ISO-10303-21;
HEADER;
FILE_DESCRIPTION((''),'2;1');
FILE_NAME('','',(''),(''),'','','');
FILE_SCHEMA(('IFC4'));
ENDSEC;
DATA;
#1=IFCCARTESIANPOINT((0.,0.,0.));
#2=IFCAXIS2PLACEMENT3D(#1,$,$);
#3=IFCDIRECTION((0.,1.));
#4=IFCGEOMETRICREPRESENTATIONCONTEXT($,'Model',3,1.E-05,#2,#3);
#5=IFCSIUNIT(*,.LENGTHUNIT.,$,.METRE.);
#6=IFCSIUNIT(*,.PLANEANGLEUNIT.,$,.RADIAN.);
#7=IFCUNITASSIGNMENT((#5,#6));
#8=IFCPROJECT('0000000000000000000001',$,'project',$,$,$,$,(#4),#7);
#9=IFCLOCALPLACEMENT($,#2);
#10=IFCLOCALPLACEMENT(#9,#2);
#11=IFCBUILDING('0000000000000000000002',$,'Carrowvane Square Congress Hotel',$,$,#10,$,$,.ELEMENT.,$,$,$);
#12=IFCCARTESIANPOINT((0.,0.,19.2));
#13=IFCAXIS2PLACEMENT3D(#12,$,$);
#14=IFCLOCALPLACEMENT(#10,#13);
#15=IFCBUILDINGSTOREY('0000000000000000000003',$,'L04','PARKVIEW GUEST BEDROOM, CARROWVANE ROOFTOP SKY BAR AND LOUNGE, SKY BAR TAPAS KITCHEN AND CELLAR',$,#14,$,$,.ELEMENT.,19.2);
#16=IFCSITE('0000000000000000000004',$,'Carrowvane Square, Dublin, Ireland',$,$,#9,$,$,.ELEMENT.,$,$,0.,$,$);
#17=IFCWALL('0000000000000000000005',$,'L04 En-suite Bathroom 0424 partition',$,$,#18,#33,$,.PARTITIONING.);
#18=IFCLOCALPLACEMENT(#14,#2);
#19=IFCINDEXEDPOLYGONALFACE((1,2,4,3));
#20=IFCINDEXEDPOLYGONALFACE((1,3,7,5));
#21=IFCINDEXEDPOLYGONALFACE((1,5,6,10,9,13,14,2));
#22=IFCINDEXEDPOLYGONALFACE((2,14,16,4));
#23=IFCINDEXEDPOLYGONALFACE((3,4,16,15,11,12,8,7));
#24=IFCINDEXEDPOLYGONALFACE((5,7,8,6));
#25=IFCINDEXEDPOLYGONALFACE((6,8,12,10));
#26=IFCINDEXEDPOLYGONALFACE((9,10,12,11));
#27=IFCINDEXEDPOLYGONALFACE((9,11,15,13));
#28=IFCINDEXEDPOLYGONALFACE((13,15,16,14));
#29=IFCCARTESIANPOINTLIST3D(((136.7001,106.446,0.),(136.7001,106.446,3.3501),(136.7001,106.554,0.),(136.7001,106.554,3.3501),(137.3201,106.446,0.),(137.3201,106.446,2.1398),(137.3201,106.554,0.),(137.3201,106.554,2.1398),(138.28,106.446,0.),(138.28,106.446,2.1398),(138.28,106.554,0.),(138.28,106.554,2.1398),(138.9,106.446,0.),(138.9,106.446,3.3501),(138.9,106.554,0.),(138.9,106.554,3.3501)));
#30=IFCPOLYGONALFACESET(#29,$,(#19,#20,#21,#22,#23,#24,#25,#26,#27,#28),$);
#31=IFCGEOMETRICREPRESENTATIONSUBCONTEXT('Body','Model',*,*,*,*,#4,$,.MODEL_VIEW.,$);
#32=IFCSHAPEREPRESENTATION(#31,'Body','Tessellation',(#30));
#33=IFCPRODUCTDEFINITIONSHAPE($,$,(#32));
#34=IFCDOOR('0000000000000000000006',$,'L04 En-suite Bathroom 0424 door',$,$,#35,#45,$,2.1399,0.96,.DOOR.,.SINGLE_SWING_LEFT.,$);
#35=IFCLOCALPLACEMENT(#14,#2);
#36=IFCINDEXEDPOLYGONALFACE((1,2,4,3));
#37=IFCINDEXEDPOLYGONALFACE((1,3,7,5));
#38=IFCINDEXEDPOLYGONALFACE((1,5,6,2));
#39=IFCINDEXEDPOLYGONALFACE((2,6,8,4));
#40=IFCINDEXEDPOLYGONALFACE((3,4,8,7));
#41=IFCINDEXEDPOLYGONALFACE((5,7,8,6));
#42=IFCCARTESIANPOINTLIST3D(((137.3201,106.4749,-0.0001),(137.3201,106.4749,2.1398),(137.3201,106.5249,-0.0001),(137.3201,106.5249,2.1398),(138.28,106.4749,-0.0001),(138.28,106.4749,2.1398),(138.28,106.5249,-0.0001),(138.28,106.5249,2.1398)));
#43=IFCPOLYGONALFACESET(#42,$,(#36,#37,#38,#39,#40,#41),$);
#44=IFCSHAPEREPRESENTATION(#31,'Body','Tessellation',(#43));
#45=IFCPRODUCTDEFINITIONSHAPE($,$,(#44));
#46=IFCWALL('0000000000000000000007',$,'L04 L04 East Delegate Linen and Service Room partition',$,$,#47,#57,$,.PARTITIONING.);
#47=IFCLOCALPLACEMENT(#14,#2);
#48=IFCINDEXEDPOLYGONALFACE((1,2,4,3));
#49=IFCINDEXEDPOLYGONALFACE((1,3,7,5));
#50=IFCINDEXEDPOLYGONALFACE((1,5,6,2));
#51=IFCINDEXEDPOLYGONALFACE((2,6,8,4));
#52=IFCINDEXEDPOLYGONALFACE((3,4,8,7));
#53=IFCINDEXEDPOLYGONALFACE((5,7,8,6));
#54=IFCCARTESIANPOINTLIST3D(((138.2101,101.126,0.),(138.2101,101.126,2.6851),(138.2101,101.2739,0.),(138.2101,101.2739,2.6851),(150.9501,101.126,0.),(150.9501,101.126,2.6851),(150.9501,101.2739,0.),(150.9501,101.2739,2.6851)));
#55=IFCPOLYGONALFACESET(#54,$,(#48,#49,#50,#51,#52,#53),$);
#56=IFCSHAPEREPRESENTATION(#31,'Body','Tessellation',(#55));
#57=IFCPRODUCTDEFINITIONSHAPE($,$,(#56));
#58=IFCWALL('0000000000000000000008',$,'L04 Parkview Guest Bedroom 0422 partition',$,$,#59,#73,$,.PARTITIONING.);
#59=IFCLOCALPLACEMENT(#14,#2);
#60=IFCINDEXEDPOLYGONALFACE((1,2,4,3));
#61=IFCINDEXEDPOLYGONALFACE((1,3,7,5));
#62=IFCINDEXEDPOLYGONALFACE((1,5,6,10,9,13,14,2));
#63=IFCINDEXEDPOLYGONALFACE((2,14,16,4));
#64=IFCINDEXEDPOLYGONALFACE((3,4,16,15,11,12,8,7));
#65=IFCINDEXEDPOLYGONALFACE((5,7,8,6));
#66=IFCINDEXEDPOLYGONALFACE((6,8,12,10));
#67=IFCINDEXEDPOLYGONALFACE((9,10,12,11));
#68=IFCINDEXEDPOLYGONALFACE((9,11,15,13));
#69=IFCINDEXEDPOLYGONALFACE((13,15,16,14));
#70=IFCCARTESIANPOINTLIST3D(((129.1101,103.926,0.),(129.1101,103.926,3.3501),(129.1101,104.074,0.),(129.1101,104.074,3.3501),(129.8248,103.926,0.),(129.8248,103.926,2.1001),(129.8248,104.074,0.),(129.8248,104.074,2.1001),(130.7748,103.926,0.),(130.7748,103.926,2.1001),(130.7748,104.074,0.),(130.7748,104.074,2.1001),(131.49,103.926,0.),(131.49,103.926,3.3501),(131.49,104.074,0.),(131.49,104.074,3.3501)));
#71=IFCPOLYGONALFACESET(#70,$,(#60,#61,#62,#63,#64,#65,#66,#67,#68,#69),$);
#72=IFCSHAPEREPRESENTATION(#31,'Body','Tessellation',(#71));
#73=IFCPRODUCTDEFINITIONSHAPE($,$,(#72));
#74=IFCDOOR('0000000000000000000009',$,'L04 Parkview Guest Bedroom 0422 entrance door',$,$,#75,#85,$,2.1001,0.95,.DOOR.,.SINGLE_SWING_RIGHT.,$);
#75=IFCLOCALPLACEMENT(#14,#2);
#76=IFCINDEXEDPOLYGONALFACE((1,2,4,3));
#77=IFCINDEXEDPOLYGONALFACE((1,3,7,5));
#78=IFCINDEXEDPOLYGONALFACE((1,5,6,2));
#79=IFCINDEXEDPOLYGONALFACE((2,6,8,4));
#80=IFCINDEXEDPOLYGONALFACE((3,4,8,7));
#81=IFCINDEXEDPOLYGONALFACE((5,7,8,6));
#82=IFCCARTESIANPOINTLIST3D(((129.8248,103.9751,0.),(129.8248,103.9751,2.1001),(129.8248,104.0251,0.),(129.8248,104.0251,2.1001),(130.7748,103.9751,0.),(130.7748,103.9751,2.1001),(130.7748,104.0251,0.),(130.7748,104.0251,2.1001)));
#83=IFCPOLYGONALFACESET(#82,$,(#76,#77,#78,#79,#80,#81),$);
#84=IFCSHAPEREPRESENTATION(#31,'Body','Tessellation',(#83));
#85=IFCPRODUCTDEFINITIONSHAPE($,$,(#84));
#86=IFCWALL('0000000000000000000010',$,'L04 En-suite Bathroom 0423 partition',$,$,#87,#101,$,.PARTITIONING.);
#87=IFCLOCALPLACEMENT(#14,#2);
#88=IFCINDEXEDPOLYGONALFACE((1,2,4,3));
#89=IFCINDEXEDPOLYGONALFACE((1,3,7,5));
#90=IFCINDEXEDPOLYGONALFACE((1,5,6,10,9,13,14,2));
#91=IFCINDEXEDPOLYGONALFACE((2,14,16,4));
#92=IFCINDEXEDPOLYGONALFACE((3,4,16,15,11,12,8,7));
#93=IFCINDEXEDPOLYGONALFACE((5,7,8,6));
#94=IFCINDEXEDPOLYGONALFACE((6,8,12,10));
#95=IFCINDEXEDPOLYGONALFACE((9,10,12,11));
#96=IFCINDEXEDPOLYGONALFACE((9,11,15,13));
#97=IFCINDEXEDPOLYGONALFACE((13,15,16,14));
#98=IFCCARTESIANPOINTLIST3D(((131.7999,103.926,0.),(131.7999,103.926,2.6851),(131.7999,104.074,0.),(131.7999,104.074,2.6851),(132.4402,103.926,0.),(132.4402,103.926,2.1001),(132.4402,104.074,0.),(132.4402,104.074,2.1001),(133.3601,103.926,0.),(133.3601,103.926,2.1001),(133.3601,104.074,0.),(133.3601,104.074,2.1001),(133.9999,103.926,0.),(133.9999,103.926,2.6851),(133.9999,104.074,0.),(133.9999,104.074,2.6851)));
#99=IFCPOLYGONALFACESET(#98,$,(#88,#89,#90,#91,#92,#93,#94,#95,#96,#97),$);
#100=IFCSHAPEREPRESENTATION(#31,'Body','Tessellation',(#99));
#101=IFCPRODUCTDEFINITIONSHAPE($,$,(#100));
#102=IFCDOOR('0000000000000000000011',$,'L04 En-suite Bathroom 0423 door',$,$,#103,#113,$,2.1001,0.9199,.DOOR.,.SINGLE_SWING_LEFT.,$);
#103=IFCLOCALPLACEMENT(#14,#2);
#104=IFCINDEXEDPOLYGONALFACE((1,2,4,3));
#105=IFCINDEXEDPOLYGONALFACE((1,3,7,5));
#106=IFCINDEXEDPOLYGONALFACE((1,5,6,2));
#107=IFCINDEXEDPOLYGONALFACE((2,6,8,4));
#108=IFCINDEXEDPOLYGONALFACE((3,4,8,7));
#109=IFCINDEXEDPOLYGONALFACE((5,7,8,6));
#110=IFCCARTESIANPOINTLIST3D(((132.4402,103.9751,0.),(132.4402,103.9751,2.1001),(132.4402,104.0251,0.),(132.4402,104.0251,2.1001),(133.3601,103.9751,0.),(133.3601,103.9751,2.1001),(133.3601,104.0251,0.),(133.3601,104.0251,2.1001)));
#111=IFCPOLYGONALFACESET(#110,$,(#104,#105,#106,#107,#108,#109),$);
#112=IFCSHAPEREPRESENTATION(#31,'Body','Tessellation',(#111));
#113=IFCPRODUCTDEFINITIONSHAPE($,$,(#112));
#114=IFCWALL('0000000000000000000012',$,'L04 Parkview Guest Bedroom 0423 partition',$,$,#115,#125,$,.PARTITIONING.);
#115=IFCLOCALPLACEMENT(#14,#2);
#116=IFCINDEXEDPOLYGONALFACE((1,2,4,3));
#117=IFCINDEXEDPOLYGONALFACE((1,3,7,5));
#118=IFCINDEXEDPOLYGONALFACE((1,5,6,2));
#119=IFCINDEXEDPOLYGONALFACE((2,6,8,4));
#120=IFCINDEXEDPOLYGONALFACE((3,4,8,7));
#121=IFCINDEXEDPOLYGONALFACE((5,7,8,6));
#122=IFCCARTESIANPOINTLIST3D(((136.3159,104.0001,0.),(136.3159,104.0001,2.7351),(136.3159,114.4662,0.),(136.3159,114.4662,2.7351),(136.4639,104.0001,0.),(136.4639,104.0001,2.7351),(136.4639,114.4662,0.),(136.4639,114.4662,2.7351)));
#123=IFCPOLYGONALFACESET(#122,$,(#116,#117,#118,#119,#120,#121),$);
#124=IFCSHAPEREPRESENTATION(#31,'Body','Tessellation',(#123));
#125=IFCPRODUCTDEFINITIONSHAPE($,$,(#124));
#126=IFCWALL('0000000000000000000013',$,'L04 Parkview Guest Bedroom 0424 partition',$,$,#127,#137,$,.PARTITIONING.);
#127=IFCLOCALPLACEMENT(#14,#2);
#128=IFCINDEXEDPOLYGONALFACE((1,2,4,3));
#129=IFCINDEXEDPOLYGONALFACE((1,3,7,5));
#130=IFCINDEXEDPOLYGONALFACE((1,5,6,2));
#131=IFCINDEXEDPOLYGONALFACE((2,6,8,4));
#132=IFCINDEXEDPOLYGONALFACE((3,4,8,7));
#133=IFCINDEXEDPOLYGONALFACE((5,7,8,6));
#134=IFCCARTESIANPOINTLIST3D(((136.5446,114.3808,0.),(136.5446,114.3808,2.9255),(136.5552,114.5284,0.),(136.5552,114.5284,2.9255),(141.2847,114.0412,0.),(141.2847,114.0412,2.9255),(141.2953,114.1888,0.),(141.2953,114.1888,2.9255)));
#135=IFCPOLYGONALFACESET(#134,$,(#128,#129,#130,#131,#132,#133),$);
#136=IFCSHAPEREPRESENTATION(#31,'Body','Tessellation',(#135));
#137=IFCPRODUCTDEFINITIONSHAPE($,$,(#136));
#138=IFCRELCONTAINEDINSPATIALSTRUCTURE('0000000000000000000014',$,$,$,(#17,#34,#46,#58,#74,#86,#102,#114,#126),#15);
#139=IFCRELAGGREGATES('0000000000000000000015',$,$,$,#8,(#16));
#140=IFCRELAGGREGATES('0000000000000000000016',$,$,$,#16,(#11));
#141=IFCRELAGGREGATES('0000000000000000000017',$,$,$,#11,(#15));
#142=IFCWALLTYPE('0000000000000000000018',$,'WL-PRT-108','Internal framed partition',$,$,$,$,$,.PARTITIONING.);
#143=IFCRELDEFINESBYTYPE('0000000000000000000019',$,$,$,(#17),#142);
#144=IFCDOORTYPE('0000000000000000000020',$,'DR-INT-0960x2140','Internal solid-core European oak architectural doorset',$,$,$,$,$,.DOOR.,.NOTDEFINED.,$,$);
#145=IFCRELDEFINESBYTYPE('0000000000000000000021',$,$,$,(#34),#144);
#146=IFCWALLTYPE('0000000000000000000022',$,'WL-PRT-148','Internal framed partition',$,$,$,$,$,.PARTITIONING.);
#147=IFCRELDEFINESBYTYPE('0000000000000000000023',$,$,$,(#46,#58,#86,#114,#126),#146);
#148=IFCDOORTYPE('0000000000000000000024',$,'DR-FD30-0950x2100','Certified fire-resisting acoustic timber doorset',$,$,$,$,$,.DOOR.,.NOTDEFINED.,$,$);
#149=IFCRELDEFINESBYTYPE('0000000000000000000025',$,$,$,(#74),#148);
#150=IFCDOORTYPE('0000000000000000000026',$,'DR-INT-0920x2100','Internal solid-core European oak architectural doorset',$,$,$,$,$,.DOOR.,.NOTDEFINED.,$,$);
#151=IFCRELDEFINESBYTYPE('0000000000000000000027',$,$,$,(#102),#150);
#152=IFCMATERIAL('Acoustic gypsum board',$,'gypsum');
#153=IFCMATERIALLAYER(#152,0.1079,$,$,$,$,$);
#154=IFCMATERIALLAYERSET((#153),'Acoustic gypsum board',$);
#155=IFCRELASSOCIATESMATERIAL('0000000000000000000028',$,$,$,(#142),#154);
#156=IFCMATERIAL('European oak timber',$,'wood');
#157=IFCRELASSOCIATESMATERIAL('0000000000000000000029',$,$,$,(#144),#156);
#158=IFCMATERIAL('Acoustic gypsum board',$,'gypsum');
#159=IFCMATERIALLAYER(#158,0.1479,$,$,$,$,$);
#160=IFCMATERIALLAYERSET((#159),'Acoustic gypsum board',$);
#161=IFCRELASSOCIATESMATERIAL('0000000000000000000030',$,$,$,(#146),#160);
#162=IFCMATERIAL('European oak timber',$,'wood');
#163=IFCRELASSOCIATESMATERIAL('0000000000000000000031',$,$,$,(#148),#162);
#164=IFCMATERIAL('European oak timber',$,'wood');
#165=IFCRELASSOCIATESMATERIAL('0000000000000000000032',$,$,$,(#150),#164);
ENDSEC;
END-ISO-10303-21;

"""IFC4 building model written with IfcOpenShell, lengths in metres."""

from ifc_helpers import new_model, si_unit, direction, frame, frame_2d, origin, place, context, subcontext, project, spatial, rectangle, extrude, material, layer, layer_set, type_object, element, fill, save


model = new_model("IFC4")

# Units and contexts
model_context = context("Model", 3, precision=1e-05, world=origin(), true_north=direction((0.0, 1.0)))
body_context = subcontext(model_context, "Body", "Model", "MODEL_VIEW")
ifc_project = project(units=[si_unit("LENGTHUNIT", "METRE"), si_unit("PLANEANGLEUNIT", "RADIAN")], contexts=[model_context])

# Site, building, storey
site_placement = place(None, origin())
site = spatial("IfcSite", under=ifc_project, at=site_placement, Name="Carrowvane Square, Dublin, Ireland", CompositionType="ELEMENT", RefElevation=0.0)
building_placement = place(site_placement, origin())
building = spatial("IfcBuilding", under=site, at=building_placement, Name="Carrowvane Square Congress Hotel", CompositionType="ELEMENT")
storey_placement = place(building_placement, frame((0.0, 0.0, 19.2)))
storey = spatial("IfcBuildingStorey", under=building, at=storey_placement, Name="L04", Description="PARKVIEW GUEST BEDROOM, CARROWVANE ROOFTOP SKY BAR AND LOUNGE, SKY BAR TAPAS KITCHEN AND CELLAR", CompositionType="ELEMENT", Elevation=19.2)

# Wall, opening, door
ifc_material_1 = material(Name="Acoustic gypsum board", Category="gypsum")
ifc_layer_1 = layer(ifc_material_1, 0.1079)
ifc_layer_set_1 = layer_set([ifc_layer_1], Name="Acoustic gypsum board")
wall_type_1 = type_object("IfcWallType", Name="WL-PRT-108", Description="Internal framed partition", PredefinedType="PARTITIONING", material=ifc_layer_set_1)
wall_1_placement = place(storey_placement, frame((136.7, 106.5, 0.0), z_axis=(0.0, 0.0, 1.0), x_axis=(1.0, 0.0, 0.0)))
wall_1 = element("IfcWall", 1, at=wall_1_placement, inside=storey, type_object=wall_type_1, Name="L04 En-suite Bathroom 0424 partition", PredefinedType="PARTITIONING", context=body_context, shape_type="SweptSolid", body=[
    extrude(rectangle(XDim=2.2, YDim=0.1079, at=frame_2d((1.1001, 0.0))), origin(), (0.0, 0.0, 1.0), 3.3501),
])
opening_1_placement = place(wall_1_placement, frame((0.6201, 0.0, 0.0)))
opening_1 = element("IfcOpeningElement", 2, at=opening_1_placement, cuts=wall_1, PredefinedType="OPENING", context=body_context, shape_type="SweptSolid", body=[
    extrude(rectangle(XDim=0.96, YDim=2.1399, at=frame_2d((0.48, 1.0698))), frame((0.0, 0.064, 0.0), z_axis=(0.0, -1.0, 0.0), x_axis=(1.0, 0.0, 0.0)), (0.0, 0.0, 1.0), 0.1279),
])
ifc_material_2 = material(Name="European oak timber", Category="wood")
door_type_1 = type_object("IfcDoorType", Name="DR-INT-0960x2140", Description="Internal solid-core European oak architectural doorset", OperationType="NOTDEFINED", PredefinedType="DOOR", material=ifc_material_2)
door_1_placement = place(opening_1_placement, origin())
door_1 = element("IfcDoor", 3, at=door_1_placement, inside=storey, type_object=door_type_1, Name="L04 En-suite Bathroom 0424 door", OperationType="SINGLE_SWING_LEFT", OverallHeight=2.1399, OverallWidth=0.96, PredefinedType="DOOR", context=body_context, shape_type="SweptSolid", body=[
    extrude(rectangle(XDim=0.96, YDim=2.1399, at=frame_2d((0.48, 1.0698))), frame((0.0, 0.0249, 0.0), z_axis=(0.0, -1.0, 0.0), x_axis=(1.0, 0.0, 0.0)), (0.0, 0.0, 1.0), 0.05),
])
fill(opening_1, door_1)

# Wall
ifc_material_3 = material(Name="Acoustic gypsum board", Category="gypsum")
ifc_layer_2 = layer(ifc_material_3, 0.1479)
ifc_layer_set_2 = layer_set([ifc_layer_2], Name="Acoustic gypsum board")
wall_type_2 = type_object("IfcWallType", Name="WL-PRT-148", Description="Internal framed partition", PredefinedType="PARTITIONING", material=ifc_layer_set_2)
wall_2_placement = place(storey_placement, frame((138.21, 101.2, 0.0), z_axis=(0.0, 0.0, 1.0), x_axis=(1.0, 0.0, 0.0)))
element("IfcWall", 4, at=wall_2_placement, inside=storey, type_object=wall_type_2, Name="L04 L04 East Delegate Linen and Service Room partition", PredefinedType="PARTITIONING", context=body_context, shape_type="SweptSolid", body=[
    extrude(rectangle(XDim=12.74, YDim=0.1479, at=frame_2d((6.3701, 0.0))), origin(), (0.0, 0.0, 1.0), 2.6851),
])

# Walls, openings, doors
wall_3_placement = place(storey_placement, frame((131.49, 104.0, 0.0), z_axis=(0.0, 0.0, 1.0), x_axis=(-1.0, 0.0, 0.0)))
wall_3 = element("IfcWall", 5, at=wall_3_placement, inside=storey, type_object=wall_type_2, Name="L04 Parkview Guest Bedroom 0422 partition", PredefinedType="PARTITIONING", context=body_context, shape_type="SweptSolid", body=[
    extrude(rectangle(XDim=2.3799, YDim=0.1479, at=frame_2d((1.1899, 0.0))), origin(), (0.0, 0.0, 1.0), 3.3501),
])
opening_2_placement = place(wall_3_placement, frame((0.7151, 0.0, 0.0)))
opening_2 = element("IfcOpeningElement", 6, at=opening_2_placement, cuts=wall_3, PredefinedType="OPENING", context=body_context, shape_type="SweptSolid", body=[
    extrude(rectangle(XDim=0.95, YDim=2.1001, at=frame_2d((0.4751, 1.05))), frame((0.0, 0.084, 0.0), z_axis=(0.0, -1.0, 0.0), x_axis=(1.0, 0.0, 0.0)), (0.0, 0.0, 1.0), 0.168),
])
ifc_material_4 = material(Name="European oak timber", Category="wood")
door_type_2 = type_object("IfcDoorType", Name="DR-FD30-0950x2100", Description="Certified fire-resisting acoustic timber doorset", OperationType="NOTDEFINED", PredefinedType="DOOR", material=ifc_material_4)
door_2_placement = place(opening_2_placement, origin())
door_2 = element("IfcDoor", 7, at=door_2_placement, inside=storey, type_object=door_type_2, Name="L04 Parkview Guest Bedroom 0422 entrance door", OperationType="SINGLE_SWING_RIGHT", OverallHeight=2.1001, OverallWidth=0.95, PredefinedType="DOOR", context=body_context, shape_type="SweptSolid", body=[
    extrude(rectangle(XDim=0.95, YDim=2.1001, at=frame_2d((0.4751, 1.05))), frame((0.0, 0.0249, 0.0), z_axis=(0.0, -1.0, 0.0), x_axis=(1.0, 0.0, 0.0)), (0.0, 0.0, 1.0), 0.05),
])
fill(opening_2, door_2)
wall_4_placement = place(storey_placement, frame((134.0, 104.0, 0.0), z_axis=(0.0, 0.0, 1.0), x_axis=(-1.0, 0.0, 0.0)))
wall_4 = element("IfcWall", 8, at=wall_4_placement, inside=storey, type_object=wall_type_2, Name="L04 En-suite Bathroom 0423 partition", PredefinedType="PARTITIONING", context=body_context, shape_type="SweptSolid", body=[
    extrude(rectangle(XDim=2.2, YDim=0.1479, at=frame_2d((1.1001, 0.0))), origin(), (0.0, 0.0, 1.0), 2.6851),
])
opening_3_placement = place(wall_4_placement, frame((0.6399, 0.0, 0.0)))
opening_3 = element("IfcOpeningElement", 9, at=opening_3_placement, cuts=wall_4, PredefinedType="OPENING", context=body_context, shape_type="SweptSolid", body=[
    extrude(rectangle(XDim=0.9199, YDim=2.1001, at=frame_2d((0.46, 1.05))), frame((0.0, 0.084, 0.0), z_axis=(0.0, -1.0, 0.0), x_axis=(1.0, 0.0, 0.0)), (0.0, 0.0, 1.0), 0.168),
])
ifc_material_5 = material(Name="European oak timber", Category="wood")
door_type_3 = type_object("IfcDoorType", Name="DR-INT-0920x2100", Description="Internal solid-core European oak architectural doorset", OperationType="NOTDEFINED", PredefinedType="DOOR", material=ifc_material_5)
door_3_placement = place(opening_3_placement, origin())
door_3 = element("IfcDoor", 10, at=door_3_placement, inside=storey, type_object=door_type_3, Name="L04 En-suite Bathroom 0423 door", OperationType="SINGLE_SWING_LEFT", OverallHeight=2.1001, OverallWidth=0.9199, PredefinedType="DOOR", context=body_context, shape_type="SweptSolid", body=[
    extrude(rectangle(XDim=0.9199, YDim=2.1001, at=frame_2d((0.46, 1.05))), frame((0.0, 0.0249, 0.0), z_axis=(0.0, -1.0, 0.0), x_axis=(1.0, 0.0, 0.0)), (0.0, 0.0, 1.0), 0.05),
])
fill(opening_3, door_3)

# Walls
wall_5_placement = place(storey_placement, frame((136.3899, 114.4661, 0.0), z_axis=(0.0, 0.0, 1.0), x_axis=(0.0, -1.0, 0.0)))
element("IfcWall", 11, at=wall_5_placement, inside=storey, type_object=wall_type_2, Name="L04 Parkview Guest Bedroom 0423 partition", PredefinedType="PARTITIONING", context=body_context, shape_type="SweptSolid", body=[
    extrude(rectangle(XDim=10.4661, YDim=0.1479, at=frame_2d((5.2329, 0.0))), origin(), (0.0, 0.0, 1.0), 2.7351),
])
wall_6_placement = place(storey_placement, frame((136.55, 114.4546, 0.0), z_axis=(0.0, 0.0, 1.0), x_axis=(0.997443, -0.071462, 0.0)))
element("IfcWall", 12, at=wall_6_placement, inside=storey, type_object=wall_type_2, Name="L04 Parkview Guest Bedroom 0424 partition", PredefinedType="PARTITIONING", context=body_context, shape_type="SweptSolid", body=[
    extrude(rectangle(XDim=4.7522, YDim=0.1479, at=frame_2d((2.376, 0.0))), origin(), (0.0, 0.0, 1.0), 2.9255),
])

save(model, "model.ifc")
